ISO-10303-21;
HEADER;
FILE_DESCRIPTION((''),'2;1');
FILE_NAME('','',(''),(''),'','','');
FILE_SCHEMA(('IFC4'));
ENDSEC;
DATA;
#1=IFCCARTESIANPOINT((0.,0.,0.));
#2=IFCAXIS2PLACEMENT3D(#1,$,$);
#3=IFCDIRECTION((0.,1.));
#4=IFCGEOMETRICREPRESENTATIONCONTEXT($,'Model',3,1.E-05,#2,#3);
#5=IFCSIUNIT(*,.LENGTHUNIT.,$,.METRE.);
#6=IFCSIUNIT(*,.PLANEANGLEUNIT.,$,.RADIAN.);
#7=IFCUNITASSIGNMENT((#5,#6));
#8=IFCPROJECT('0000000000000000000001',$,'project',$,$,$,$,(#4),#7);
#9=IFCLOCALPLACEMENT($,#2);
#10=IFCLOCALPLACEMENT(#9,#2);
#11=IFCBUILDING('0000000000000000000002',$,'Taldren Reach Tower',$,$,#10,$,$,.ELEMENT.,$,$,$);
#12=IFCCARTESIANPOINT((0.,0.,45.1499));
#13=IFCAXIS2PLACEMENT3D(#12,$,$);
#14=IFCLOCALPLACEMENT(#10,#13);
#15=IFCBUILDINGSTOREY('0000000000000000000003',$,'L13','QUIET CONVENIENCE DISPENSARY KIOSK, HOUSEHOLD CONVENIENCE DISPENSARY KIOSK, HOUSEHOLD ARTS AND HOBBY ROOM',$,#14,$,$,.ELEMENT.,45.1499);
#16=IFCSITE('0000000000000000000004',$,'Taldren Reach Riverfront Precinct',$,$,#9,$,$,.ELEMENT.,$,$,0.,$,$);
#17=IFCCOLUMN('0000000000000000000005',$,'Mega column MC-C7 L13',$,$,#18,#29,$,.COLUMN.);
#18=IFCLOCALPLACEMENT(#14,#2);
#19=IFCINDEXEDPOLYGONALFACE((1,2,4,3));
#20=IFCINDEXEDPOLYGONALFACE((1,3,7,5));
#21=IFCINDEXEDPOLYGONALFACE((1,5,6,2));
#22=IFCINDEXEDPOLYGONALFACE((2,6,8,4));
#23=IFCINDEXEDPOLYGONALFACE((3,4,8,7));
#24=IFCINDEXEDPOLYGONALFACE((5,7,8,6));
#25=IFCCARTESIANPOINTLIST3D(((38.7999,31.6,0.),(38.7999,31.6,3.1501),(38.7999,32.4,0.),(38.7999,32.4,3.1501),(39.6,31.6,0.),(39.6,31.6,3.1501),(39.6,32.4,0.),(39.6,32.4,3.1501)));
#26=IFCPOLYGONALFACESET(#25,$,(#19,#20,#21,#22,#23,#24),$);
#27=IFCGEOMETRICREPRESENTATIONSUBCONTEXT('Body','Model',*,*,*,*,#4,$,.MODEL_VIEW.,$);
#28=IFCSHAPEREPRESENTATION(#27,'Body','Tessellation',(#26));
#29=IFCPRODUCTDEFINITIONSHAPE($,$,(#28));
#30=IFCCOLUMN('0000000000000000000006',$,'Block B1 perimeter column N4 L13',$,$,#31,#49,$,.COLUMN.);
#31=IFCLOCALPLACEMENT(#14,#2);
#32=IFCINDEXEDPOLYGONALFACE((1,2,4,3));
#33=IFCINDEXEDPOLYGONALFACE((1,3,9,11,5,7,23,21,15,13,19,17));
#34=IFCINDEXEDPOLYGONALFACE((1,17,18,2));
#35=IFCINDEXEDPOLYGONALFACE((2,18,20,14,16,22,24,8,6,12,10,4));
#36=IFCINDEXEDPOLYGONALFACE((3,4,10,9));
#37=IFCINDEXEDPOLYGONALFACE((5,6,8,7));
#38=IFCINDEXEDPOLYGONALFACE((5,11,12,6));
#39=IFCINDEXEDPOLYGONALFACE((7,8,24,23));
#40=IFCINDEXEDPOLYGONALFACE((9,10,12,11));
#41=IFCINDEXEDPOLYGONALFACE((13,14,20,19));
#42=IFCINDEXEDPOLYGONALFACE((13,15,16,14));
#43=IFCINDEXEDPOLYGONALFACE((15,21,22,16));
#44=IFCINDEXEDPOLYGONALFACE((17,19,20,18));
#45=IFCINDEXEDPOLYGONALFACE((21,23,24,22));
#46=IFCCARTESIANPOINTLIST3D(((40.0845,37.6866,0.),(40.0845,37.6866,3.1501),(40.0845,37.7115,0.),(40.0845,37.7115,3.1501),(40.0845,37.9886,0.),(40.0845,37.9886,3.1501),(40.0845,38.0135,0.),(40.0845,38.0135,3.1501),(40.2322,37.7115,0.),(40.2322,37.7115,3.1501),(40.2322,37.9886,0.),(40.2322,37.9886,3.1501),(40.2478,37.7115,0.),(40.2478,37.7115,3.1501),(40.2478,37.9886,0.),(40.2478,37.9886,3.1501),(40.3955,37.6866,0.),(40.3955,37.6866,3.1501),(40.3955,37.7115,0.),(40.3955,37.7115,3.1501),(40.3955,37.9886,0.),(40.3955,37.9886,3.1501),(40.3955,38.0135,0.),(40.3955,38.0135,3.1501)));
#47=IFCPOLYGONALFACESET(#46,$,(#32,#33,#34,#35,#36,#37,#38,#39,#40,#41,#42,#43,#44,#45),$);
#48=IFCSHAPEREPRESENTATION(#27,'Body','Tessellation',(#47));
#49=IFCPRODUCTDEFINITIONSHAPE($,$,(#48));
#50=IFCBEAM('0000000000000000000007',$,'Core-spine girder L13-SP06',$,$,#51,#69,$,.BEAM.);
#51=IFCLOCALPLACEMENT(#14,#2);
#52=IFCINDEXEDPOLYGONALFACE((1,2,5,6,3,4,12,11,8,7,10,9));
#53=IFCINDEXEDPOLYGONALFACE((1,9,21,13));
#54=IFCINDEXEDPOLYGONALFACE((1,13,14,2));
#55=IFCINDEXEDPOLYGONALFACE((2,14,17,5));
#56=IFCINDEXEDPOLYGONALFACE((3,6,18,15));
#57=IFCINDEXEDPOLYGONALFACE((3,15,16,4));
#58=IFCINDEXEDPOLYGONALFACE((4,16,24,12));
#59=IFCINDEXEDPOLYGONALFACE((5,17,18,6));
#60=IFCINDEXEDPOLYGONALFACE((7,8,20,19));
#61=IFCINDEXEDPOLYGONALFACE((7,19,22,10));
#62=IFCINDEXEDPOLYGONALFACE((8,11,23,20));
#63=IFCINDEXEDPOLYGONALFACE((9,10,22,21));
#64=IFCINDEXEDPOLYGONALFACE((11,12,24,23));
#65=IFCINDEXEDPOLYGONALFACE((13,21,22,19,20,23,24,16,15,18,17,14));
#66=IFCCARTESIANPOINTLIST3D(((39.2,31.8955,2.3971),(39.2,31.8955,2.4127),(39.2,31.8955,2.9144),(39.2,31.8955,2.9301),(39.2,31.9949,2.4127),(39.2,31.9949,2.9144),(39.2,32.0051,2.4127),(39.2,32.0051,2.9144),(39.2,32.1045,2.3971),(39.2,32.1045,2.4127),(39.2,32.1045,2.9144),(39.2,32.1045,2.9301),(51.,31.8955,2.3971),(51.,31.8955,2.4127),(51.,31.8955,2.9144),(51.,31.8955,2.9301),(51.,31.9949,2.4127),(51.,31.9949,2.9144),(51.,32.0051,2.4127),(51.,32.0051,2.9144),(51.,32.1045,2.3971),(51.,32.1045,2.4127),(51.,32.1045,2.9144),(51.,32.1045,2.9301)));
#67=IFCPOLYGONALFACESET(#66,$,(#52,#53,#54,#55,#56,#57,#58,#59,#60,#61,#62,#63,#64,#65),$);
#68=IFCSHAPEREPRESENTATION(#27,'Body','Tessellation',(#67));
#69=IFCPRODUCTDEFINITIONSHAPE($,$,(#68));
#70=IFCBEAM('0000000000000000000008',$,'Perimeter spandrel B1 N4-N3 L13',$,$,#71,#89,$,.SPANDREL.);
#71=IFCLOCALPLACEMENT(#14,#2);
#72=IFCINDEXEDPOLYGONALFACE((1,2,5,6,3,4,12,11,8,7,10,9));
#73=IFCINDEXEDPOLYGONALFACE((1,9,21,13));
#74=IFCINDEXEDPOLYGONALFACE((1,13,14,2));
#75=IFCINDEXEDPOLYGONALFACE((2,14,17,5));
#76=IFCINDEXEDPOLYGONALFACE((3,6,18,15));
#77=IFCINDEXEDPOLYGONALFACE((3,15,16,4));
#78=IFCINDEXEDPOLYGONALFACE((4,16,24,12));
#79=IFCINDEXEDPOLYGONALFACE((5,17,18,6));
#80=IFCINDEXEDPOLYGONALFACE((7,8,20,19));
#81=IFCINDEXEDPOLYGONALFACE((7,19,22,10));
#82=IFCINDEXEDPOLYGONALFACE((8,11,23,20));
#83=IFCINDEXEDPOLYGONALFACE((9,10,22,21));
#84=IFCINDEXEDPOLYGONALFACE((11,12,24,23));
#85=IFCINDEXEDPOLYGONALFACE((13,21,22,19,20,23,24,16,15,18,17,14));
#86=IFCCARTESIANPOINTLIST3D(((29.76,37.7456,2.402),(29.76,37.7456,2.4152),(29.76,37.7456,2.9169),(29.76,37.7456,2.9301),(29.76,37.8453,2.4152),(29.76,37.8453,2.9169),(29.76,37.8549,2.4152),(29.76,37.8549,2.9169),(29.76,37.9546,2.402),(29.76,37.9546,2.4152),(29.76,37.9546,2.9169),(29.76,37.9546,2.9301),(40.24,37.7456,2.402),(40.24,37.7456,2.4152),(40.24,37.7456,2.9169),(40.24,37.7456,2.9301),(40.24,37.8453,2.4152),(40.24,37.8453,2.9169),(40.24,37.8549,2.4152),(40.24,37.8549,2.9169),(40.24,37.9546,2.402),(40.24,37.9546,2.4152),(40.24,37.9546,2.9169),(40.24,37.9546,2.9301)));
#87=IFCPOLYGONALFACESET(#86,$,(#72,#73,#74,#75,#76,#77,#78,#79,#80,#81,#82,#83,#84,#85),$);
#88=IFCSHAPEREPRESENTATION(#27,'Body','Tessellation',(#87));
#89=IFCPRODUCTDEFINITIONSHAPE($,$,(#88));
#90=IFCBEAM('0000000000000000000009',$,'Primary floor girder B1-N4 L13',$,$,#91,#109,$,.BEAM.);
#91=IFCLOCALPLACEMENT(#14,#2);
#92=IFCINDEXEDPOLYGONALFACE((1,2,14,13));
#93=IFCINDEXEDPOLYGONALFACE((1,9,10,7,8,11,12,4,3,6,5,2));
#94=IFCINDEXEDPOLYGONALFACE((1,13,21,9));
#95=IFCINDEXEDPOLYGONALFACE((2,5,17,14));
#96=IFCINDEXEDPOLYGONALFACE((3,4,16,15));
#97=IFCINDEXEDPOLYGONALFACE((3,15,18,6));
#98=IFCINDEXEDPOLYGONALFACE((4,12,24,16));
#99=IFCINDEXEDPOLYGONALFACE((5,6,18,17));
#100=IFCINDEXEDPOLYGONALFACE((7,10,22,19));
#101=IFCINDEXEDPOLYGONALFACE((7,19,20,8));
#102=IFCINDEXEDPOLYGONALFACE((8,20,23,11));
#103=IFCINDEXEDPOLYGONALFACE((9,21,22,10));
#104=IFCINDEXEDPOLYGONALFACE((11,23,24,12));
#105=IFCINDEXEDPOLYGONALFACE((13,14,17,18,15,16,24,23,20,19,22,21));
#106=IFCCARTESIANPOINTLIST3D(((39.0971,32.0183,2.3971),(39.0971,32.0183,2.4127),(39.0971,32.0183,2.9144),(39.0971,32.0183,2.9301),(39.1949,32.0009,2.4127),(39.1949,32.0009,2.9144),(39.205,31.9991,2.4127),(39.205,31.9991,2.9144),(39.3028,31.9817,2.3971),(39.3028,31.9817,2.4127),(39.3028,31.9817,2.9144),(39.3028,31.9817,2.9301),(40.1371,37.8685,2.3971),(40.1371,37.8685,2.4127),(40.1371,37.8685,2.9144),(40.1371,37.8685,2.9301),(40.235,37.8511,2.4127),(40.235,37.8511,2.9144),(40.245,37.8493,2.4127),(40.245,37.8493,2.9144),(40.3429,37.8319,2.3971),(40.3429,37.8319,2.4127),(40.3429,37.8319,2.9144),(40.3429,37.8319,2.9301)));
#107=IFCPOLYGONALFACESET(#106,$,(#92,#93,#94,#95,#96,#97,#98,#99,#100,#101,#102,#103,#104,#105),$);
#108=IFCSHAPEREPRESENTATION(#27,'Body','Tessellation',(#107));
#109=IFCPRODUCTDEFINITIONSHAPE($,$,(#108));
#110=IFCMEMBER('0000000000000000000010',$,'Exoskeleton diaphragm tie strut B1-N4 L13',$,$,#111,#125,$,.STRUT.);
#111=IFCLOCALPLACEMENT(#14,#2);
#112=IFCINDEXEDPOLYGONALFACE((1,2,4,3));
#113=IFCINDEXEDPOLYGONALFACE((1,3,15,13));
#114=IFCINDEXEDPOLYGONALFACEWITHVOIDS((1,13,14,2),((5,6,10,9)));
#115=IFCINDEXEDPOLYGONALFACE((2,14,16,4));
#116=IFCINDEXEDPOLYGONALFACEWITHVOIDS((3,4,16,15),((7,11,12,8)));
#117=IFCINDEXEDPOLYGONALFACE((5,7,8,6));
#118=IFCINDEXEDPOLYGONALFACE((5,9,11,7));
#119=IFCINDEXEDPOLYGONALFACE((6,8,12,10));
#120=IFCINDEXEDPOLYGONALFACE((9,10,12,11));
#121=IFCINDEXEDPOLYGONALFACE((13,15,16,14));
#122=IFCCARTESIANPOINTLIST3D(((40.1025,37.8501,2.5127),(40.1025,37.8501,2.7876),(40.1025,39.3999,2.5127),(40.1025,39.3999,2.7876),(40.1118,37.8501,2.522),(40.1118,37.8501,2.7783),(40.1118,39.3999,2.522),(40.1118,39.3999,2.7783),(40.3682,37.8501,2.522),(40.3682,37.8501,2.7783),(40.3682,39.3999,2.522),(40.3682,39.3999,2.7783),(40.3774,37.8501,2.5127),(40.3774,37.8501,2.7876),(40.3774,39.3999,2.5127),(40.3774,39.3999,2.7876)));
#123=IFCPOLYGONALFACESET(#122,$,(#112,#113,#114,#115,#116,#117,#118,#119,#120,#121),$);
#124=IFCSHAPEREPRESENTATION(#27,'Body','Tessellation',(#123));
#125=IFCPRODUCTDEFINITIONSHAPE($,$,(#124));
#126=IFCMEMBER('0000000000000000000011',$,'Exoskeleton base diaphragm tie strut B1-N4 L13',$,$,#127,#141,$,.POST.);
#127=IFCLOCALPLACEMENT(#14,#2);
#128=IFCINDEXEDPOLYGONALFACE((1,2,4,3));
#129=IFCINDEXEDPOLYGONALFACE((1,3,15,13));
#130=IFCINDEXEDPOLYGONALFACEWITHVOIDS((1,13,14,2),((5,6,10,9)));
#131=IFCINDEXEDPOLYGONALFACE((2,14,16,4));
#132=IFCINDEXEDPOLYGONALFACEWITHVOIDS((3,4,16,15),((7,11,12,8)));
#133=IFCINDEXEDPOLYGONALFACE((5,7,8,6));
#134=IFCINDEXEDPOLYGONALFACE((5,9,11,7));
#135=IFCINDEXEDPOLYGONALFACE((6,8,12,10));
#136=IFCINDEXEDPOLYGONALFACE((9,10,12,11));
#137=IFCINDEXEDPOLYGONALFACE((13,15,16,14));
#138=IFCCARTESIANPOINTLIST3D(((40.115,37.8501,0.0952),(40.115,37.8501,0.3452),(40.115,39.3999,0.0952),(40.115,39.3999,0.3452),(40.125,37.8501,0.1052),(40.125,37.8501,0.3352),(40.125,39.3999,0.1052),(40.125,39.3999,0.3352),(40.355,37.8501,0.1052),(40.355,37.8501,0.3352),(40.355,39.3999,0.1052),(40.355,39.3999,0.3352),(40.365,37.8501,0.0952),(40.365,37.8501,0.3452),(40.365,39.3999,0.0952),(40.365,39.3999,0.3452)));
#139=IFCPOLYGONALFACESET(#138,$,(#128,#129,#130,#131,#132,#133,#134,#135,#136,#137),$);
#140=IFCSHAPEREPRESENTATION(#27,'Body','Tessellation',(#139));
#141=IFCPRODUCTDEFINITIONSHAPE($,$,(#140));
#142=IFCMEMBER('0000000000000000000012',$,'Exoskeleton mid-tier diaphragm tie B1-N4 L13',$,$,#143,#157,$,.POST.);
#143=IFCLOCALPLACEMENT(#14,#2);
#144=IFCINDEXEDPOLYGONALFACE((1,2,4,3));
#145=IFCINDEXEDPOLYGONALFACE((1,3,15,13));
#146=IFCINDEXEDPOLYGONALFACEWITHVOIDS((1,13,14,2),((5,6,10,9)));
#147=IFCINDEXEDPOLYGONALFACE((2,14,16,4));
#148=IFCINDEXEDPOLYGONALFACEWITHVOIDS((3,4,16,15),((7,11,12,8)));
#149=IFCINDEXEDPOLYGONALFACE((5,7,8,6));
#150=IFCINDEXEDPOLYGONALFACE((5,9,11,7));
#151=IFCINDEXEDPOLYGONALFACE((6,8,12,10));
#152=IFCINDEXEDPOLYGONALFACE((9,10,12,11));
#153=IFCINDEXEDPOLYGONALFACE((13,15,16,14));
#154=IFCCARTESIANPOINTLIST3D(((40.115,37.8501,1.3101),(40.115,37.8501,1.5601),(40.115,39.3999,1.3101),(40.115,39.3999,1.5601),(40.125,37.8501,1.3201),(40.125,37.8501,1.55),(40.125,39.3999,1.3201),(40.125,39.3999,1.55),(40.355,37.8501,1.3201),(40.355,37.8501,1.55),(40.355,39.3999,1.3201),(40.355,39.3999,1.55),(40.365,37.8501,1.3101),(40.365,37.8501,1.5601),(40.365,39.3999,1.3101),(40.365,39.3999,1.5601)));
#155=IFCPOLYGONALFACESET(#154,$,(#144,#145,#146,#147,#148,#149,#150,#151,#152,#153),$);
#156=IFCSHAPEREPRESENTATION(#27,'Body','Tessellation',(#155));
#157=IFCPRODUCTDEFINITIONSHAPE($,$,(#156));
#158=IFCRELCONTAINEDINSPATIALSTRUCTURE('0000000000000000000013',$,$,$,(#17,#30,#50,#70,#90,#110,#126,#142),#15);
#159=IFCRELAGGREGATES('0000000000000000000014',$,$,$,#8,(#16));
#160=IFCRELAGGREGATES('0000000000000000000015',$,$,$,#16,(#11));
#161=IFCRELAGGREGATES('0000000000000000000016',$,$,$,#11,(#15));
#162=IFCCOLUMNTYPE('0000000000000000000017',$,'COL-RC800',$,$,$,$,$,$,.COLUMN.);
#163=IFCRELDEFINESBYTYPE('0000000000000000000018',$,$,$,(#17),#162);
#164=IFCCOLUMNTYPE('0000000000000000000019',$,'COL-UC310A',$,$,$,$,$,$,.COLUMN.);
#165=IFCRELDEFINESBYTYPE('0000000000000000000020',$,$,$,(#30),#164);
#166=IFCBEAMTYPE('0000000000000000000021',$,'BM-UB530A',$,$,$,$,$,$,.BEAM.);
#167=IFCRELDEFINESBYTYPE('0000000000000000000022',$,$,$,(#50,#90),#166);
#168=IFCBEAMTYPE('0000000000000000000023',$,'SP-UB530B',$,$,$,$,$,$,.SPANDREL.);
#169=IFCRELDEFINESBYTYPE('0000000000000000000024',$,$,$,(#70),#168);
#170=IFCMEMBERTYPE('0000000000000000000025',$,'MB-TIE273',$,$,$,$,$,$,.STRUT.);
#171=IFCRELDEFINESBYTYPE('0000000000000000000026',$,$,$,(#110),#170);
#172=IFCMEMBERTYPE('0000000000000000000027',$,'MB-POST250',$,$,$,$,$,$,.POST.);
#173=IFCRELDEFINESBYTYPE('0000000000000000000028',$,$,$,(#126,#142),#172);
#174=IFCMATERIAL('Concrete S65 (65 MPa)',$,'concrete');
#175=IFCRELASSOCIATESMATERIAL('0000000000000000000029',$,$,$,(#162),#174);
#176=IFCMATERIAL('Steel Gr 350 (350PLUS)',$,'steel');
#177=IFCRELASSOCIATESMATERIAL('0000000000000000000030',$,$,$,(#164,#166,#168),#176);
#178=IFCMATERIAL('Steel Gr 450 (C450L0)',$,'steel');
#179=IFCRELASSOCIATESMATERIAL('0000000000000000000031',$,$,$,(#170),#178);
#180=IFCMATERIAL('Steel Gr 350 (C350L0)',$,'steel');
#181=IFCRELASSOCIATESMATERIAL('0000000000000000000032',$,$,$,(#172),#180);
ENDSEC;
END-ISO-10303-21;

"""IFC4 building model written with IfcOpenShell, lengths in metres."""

from ifc_helpers import new_model, si_unit, direction, frame, origin, origin_2d, place, context, subcontext, project, spatial, rectangle, hollow_rectangle, i_section, extrude, source, transform, mapped, material, material_profile, profile_set, type_object, element, save


model = new_model("IFC4")

# Units and contexts
model_context = context("Model", 3, precision=1e-05, world=origin(), true_north=direction((0.0, 1.0)))
body_context = subcontext(model_context, "Body", "Model", "MODEL_VIEW")
ifc_project = project(units=[si_unit("LENGTHUNIT", "METRE"), si_unit("PLANEANGLEUNIT", "RADIAN")], contexts=[model_context])

# Site, building, storey
site_placement = place(None, origin())
site = spatial("IfcSite", under=ifc_project, at=site_placement, Name="Taldren Reach Riverfront Precinct", CompositionType="ELEMENT", RefElevation=0.0)
building_placement = place(site_placement, origin())
building = spatial("IfcBuilding", under=site, at=building_placement, Name="Taldren Reach Tower", CompositionType="ELEMENT")
storey_placement = place(building_placement, frame((0.0, 0.0, 45.1499)))
storey = spatial("IfcBuildingStorey", under=building, at=storey_placement, Name="L13", Description="QUIET CONVENIENCE DISPENSARY KIOSK, HOUSEHOLD CONVENIENCE DISPENSARY KIOSK, HOUSEHOLD ARTS AND HOBBY ROOM", CompositionType="ELEMENT", Elevation=45.1499)

# Columns
ifc_material_1 = material(Name="Concrete S65 (65 MPa)", Category="concrete")
ifc_material_profile_1 = material_profile(ifc_material_1, rectangle(XDim=0.8, YDim=0.8, at=origin_2d()), Name="RC-800x800")
ifc_profile_set_1 = profile_set([ifc_material_profile_1], Name="Concrete S65 (65 MPa)")
column_type_1 = type_object("IfcColumnType", Name="COL-RC800", PredefinedType="COLUMN", material=ifc_profile_set_1)
shared_shape_1 = source(origin(), body_context, "Body", "SweptSolid", [
    extrude(rectangle(XDim=0.8, YDim=0.8, at=origin_2d()), origin(), (0.0, 0.0, 1.0), 3.1501),
])
column_1_placement = place(storey_placement, frame((39.2, 32.0, 0.0), z_axis=(0.0, 0.0, 1.0), x_axis=(1.0, 0.0, 0.0)))
element("IfcColumn", 1, at=column_1_placement, inside=storey, type_object=column_type_1, Name="Mega column MC-C7 L13", PredefinedType="COLUMN", context=body_context, shape_type="MappedRepresentation", body=[
    mapped(shared_shape_1, transform((0.0, 0.0, 0.0), scale=1.0)),
])
ifc_material_2 = material(Name="Steel Gr 350 (350PLUS)", Category="steel")
ifc_material_profile_2 = material_profile(ifc_material_2, i_section(OverallWidth=0.311, OverallDepth=0.3269, WebThickness=0.0156, FlangeThickness=0.0249, at=origin_2d()), Name="310UC158")
ifc_profile_set_2 = profile_set([ifc_material_profile_2], Name="Steel Gr 350 (350PLUS)")
column_type_2 = type_object("IfcColumnType", Name="COL-UC310A", PredefinedType="COLUMN", material=ifc_profile_set_2)
shared_shape_2 = source(origin(), body_context, "Body", "SweptSolid", [
    extrude(i_section(OverallWidth=0.311, OverallDepth=0.3269, WebThickness=0.0156, FlangeThickness=0.0249, at=origin_2d()), origin(), (0.0, 0.0, 1.0), 3.1501),
])
column_2_placement = place(storey_placement, frame((40.24, 37.8501, 0.0), z_axis=(0.0, 0.0, 1.0), x_axis=(1.0, 0.0, 0.0)))
element("IfcColumn", 2, at=column_2_placement, inside=storey, type_object=column_type_2, Name="Block B1 perimeter column N4 L13", PredefinedType="COLUMN", context=body_context, shape_type="MappedRepresentation", body=[
    mapped(shared_shape_2, transform((0.0, 0.0, 0.0), scale=1.0)),
])

# Beams
ifc_material_profile_3 = material_profile(ifc_material_2, i_section(OverallWidth=0.209, OverallDepth=0.533, WebThickness=0.0103, FlangeThickness=0.0156, at=origin_2d()), Name="530UB92.4")
ifc_profile_set_3 = profile_set([ifc_material_profile_3], Name="Steel Gr 350 (350PLUS)")
beam_type_1 = type_object("IfcBeamType", Name="BM-UB530A", PredefinedType="BEAM", material=ifc_profile_set_3)
shared_shape_3 = source(origin(), body_context, "Body", "SweptSolid", [
    extrude(i_section(OverallWidth=0.209, OverallDepth=0.533, WebThickness=0.0103, FlangeThickness=0.0156, at=origin_2d()), origin(), (0.0, 0.0, 1.0), 11.8),
])
beam_1_placement = place(storey_placement, frame((39.2, 32.0, 2.6636), z_axis=(1.0, 0.0, 0.0), x_axis=(0.0, 1.0, 0.0)))
element("IfcBeam", 3, at=beam_1_placement, inside=storey, type_object=beam_type_1, Name="Core-spine girder L13-SP06", PredefinedType="BEAM", context=body_context, shape_type="MappedRepresentation", body=[
    mapped(shared_shape_3, transform((0.0, 0.0, 0.0), scale=1.0)),
])
ifc_material_profile_4 = material_profile(ifc_material_2, i_section(OverallWidth=0.209, OverallDepth=0.5281, WebThickness=0.0095, FlangeThickness=0.0132, at=origin_2d()), Name="530UB82.0")
ifc_profile_set_4 = profile_set([ifc_material_profile_4], Name="Steel Gr 350 (350PLUS)")
beam_type_2 = type_object("IfcBeamType", Name="SP-UB530B", PredefinedType="SPANDREL", material=ifc_profile_set_4)
shared_shape_4 = source(origin(), body_context, "Body", "SweptSolid", [
    extrude(i_section(OverallWidth=0.209, OverallDepth=0.5281, WebThickness=0.0095, FlangeThickness=0.0132, at=origin_2d()), origin(), (0.0, 0.0, 1.0), 10.48),
])
beam_2_placement = place(storey_placement, frame((40.24, 37.8501, 2.666), z_axis=(-1.0, 0.0, 0.0), x_axis=(0.0, -1.0, 0.0)))
element("IfcBeam", 4, at=beam_2_placement, inside=storey, type_object=beam_type_2, Name="Perimeter spandrel B1 N4-N3 L13", PredefinedType="SPANDREL", context=body_context, shape_type="MappedRepresentation", body=[
    mapped(shared_shape_4, transform((0.0, 0.0, 0.0), scale=1.0)),
])
shared_shape_5 = source(origin(), body_context, "Body", "SweptSolid", [
    extrude(i_section(OverallWidth=0.209, OverallDepth=0.533, WebThickness=0.0103, FlangeThickness=0.0156, at=origin_2d()), origin(), (0.0, 0.0, 1.0), 5.9419),
])
beam_3_placement = place(storey_placement, frame((39.2, 32.0, 2.6636), z_axis=(0.175037, 0.984562, 0.0), x_axis=(-0.984562, 0.175037, 0.0)))
element("IfcBeam", 5, at=beam_3_placement, inside=storey, type_object=beam_type_1, Name="Primary floor girder B1-N4 L13", PredefinedType="BEAM", context=body_context, shape_type="MappedRepresentation", body=[
    mapped(shared_shape_5, transform((0.0, 0.0, 0.0), scale=1.0)),
])

# Members
ifc_material_3 = material(Name="Steel Gr 450 (C450L0)", Category="steel")
ifc_material_profile_5 = material_profile(ifc_material_3, hollow_rectangle(XDim=0.2749, YDim=0.2749, WallThickness=0.0093, at=origin_2d()), Name="275x275x9.3SHS")
ifc_profile_set_5 = profile_set([ifc_material_profile_5], Name="Steel Gr 450 (C450L0)")
member_type_1 = type_object("IfcMemberType", Name="MB-TIE273", PredefinedType="STRUT", material=ifc_profile_set_5)
shared_shape_6 = source(origin(), body_context, "Body", "SweptSolid", [
    extrude(hollow_rectangle(XDim=0.2749, YDim=0.2749, WallThickness=0.0093, at=origin_2d()), origin(), (0.0, 0.0, 1.0), 1.5498),
])
member_1_placement = place(storey_placement, frame((40.24, 37.8501, 2.6501), z_axis=(0.0, 1.0, 0.0), x_axis=(-1.0, 0.0, 0.0)))
element("IfcMember", 6, at=member_1_placement, inside=storey, type_object=member_type_1, Name="Exoskeleton diaphragm tie strut B1-N4 L13", PredefinedType="STRUT", context=body_context, shape_type="MappedRepresentation", body=[
    mapped(shared_shape_6, transform((0.0, 0.0, 0.0), scale=1.0)),
])
ifc_material_4 = material(Name="Steel Gr 350 (C350L0)", Category="steel")
ifc_material_profile_6 = material_profile(ifc_material_4, hollow_rectangle(XDim=0.25, YDim=0.25, WallThickness=0.01, at=origin_2d()), Name="250x250x10.0SHS")
ifc_profile_set_6 = profile_set([ifc_material_profile_6], Name="Steel Gr 350 (C350L0)")
member_type_2 = type_object("IfcMemberType", Name="MB-POST250", PredefinedType="POST", material=ifc_profile_set_6)
shared_shape_7 = source(origin(), body_context, "Body", "SweptSolid", [
    extrude(hollow_rectangle(XDim=0.25, YDim=0.25, WallThickness=0.01, at=origin_2d()), origin(), (0.0, 0.0, 1.0), 1.5498),
])
for number, where, z_axis, x_axis, name in (
    (7, (40.24, 37.8501, 0.2202), (0.0, 1.0, 0.0), (-1.0, 0.0, 0.0), "Exoskeleton base diaphragm tie strut B1-N4 L13"),
    (8, (40.24, 37.8501, 1.4351), (0.0, 1.0, 0.0), (-1.0, 0.0, 0.0), "Exoskeleton mid-tier diaphragm tie B1-N4 L13"),
):
    element("IfcMember", number, at=place(storey_placement, frame(where, z_axis=z_axis, x_axis=x_axis)), inside=storey, type_object=member_type_2, Name=name, PredefinedType="POST", context=body_context, shape_type="MappedRepresentation", body=[
        mapped(shared_shape_7, transform((0.0, 0.0, 0.0), scale=1.0)),
    ])

save(model, "model.ifc")
